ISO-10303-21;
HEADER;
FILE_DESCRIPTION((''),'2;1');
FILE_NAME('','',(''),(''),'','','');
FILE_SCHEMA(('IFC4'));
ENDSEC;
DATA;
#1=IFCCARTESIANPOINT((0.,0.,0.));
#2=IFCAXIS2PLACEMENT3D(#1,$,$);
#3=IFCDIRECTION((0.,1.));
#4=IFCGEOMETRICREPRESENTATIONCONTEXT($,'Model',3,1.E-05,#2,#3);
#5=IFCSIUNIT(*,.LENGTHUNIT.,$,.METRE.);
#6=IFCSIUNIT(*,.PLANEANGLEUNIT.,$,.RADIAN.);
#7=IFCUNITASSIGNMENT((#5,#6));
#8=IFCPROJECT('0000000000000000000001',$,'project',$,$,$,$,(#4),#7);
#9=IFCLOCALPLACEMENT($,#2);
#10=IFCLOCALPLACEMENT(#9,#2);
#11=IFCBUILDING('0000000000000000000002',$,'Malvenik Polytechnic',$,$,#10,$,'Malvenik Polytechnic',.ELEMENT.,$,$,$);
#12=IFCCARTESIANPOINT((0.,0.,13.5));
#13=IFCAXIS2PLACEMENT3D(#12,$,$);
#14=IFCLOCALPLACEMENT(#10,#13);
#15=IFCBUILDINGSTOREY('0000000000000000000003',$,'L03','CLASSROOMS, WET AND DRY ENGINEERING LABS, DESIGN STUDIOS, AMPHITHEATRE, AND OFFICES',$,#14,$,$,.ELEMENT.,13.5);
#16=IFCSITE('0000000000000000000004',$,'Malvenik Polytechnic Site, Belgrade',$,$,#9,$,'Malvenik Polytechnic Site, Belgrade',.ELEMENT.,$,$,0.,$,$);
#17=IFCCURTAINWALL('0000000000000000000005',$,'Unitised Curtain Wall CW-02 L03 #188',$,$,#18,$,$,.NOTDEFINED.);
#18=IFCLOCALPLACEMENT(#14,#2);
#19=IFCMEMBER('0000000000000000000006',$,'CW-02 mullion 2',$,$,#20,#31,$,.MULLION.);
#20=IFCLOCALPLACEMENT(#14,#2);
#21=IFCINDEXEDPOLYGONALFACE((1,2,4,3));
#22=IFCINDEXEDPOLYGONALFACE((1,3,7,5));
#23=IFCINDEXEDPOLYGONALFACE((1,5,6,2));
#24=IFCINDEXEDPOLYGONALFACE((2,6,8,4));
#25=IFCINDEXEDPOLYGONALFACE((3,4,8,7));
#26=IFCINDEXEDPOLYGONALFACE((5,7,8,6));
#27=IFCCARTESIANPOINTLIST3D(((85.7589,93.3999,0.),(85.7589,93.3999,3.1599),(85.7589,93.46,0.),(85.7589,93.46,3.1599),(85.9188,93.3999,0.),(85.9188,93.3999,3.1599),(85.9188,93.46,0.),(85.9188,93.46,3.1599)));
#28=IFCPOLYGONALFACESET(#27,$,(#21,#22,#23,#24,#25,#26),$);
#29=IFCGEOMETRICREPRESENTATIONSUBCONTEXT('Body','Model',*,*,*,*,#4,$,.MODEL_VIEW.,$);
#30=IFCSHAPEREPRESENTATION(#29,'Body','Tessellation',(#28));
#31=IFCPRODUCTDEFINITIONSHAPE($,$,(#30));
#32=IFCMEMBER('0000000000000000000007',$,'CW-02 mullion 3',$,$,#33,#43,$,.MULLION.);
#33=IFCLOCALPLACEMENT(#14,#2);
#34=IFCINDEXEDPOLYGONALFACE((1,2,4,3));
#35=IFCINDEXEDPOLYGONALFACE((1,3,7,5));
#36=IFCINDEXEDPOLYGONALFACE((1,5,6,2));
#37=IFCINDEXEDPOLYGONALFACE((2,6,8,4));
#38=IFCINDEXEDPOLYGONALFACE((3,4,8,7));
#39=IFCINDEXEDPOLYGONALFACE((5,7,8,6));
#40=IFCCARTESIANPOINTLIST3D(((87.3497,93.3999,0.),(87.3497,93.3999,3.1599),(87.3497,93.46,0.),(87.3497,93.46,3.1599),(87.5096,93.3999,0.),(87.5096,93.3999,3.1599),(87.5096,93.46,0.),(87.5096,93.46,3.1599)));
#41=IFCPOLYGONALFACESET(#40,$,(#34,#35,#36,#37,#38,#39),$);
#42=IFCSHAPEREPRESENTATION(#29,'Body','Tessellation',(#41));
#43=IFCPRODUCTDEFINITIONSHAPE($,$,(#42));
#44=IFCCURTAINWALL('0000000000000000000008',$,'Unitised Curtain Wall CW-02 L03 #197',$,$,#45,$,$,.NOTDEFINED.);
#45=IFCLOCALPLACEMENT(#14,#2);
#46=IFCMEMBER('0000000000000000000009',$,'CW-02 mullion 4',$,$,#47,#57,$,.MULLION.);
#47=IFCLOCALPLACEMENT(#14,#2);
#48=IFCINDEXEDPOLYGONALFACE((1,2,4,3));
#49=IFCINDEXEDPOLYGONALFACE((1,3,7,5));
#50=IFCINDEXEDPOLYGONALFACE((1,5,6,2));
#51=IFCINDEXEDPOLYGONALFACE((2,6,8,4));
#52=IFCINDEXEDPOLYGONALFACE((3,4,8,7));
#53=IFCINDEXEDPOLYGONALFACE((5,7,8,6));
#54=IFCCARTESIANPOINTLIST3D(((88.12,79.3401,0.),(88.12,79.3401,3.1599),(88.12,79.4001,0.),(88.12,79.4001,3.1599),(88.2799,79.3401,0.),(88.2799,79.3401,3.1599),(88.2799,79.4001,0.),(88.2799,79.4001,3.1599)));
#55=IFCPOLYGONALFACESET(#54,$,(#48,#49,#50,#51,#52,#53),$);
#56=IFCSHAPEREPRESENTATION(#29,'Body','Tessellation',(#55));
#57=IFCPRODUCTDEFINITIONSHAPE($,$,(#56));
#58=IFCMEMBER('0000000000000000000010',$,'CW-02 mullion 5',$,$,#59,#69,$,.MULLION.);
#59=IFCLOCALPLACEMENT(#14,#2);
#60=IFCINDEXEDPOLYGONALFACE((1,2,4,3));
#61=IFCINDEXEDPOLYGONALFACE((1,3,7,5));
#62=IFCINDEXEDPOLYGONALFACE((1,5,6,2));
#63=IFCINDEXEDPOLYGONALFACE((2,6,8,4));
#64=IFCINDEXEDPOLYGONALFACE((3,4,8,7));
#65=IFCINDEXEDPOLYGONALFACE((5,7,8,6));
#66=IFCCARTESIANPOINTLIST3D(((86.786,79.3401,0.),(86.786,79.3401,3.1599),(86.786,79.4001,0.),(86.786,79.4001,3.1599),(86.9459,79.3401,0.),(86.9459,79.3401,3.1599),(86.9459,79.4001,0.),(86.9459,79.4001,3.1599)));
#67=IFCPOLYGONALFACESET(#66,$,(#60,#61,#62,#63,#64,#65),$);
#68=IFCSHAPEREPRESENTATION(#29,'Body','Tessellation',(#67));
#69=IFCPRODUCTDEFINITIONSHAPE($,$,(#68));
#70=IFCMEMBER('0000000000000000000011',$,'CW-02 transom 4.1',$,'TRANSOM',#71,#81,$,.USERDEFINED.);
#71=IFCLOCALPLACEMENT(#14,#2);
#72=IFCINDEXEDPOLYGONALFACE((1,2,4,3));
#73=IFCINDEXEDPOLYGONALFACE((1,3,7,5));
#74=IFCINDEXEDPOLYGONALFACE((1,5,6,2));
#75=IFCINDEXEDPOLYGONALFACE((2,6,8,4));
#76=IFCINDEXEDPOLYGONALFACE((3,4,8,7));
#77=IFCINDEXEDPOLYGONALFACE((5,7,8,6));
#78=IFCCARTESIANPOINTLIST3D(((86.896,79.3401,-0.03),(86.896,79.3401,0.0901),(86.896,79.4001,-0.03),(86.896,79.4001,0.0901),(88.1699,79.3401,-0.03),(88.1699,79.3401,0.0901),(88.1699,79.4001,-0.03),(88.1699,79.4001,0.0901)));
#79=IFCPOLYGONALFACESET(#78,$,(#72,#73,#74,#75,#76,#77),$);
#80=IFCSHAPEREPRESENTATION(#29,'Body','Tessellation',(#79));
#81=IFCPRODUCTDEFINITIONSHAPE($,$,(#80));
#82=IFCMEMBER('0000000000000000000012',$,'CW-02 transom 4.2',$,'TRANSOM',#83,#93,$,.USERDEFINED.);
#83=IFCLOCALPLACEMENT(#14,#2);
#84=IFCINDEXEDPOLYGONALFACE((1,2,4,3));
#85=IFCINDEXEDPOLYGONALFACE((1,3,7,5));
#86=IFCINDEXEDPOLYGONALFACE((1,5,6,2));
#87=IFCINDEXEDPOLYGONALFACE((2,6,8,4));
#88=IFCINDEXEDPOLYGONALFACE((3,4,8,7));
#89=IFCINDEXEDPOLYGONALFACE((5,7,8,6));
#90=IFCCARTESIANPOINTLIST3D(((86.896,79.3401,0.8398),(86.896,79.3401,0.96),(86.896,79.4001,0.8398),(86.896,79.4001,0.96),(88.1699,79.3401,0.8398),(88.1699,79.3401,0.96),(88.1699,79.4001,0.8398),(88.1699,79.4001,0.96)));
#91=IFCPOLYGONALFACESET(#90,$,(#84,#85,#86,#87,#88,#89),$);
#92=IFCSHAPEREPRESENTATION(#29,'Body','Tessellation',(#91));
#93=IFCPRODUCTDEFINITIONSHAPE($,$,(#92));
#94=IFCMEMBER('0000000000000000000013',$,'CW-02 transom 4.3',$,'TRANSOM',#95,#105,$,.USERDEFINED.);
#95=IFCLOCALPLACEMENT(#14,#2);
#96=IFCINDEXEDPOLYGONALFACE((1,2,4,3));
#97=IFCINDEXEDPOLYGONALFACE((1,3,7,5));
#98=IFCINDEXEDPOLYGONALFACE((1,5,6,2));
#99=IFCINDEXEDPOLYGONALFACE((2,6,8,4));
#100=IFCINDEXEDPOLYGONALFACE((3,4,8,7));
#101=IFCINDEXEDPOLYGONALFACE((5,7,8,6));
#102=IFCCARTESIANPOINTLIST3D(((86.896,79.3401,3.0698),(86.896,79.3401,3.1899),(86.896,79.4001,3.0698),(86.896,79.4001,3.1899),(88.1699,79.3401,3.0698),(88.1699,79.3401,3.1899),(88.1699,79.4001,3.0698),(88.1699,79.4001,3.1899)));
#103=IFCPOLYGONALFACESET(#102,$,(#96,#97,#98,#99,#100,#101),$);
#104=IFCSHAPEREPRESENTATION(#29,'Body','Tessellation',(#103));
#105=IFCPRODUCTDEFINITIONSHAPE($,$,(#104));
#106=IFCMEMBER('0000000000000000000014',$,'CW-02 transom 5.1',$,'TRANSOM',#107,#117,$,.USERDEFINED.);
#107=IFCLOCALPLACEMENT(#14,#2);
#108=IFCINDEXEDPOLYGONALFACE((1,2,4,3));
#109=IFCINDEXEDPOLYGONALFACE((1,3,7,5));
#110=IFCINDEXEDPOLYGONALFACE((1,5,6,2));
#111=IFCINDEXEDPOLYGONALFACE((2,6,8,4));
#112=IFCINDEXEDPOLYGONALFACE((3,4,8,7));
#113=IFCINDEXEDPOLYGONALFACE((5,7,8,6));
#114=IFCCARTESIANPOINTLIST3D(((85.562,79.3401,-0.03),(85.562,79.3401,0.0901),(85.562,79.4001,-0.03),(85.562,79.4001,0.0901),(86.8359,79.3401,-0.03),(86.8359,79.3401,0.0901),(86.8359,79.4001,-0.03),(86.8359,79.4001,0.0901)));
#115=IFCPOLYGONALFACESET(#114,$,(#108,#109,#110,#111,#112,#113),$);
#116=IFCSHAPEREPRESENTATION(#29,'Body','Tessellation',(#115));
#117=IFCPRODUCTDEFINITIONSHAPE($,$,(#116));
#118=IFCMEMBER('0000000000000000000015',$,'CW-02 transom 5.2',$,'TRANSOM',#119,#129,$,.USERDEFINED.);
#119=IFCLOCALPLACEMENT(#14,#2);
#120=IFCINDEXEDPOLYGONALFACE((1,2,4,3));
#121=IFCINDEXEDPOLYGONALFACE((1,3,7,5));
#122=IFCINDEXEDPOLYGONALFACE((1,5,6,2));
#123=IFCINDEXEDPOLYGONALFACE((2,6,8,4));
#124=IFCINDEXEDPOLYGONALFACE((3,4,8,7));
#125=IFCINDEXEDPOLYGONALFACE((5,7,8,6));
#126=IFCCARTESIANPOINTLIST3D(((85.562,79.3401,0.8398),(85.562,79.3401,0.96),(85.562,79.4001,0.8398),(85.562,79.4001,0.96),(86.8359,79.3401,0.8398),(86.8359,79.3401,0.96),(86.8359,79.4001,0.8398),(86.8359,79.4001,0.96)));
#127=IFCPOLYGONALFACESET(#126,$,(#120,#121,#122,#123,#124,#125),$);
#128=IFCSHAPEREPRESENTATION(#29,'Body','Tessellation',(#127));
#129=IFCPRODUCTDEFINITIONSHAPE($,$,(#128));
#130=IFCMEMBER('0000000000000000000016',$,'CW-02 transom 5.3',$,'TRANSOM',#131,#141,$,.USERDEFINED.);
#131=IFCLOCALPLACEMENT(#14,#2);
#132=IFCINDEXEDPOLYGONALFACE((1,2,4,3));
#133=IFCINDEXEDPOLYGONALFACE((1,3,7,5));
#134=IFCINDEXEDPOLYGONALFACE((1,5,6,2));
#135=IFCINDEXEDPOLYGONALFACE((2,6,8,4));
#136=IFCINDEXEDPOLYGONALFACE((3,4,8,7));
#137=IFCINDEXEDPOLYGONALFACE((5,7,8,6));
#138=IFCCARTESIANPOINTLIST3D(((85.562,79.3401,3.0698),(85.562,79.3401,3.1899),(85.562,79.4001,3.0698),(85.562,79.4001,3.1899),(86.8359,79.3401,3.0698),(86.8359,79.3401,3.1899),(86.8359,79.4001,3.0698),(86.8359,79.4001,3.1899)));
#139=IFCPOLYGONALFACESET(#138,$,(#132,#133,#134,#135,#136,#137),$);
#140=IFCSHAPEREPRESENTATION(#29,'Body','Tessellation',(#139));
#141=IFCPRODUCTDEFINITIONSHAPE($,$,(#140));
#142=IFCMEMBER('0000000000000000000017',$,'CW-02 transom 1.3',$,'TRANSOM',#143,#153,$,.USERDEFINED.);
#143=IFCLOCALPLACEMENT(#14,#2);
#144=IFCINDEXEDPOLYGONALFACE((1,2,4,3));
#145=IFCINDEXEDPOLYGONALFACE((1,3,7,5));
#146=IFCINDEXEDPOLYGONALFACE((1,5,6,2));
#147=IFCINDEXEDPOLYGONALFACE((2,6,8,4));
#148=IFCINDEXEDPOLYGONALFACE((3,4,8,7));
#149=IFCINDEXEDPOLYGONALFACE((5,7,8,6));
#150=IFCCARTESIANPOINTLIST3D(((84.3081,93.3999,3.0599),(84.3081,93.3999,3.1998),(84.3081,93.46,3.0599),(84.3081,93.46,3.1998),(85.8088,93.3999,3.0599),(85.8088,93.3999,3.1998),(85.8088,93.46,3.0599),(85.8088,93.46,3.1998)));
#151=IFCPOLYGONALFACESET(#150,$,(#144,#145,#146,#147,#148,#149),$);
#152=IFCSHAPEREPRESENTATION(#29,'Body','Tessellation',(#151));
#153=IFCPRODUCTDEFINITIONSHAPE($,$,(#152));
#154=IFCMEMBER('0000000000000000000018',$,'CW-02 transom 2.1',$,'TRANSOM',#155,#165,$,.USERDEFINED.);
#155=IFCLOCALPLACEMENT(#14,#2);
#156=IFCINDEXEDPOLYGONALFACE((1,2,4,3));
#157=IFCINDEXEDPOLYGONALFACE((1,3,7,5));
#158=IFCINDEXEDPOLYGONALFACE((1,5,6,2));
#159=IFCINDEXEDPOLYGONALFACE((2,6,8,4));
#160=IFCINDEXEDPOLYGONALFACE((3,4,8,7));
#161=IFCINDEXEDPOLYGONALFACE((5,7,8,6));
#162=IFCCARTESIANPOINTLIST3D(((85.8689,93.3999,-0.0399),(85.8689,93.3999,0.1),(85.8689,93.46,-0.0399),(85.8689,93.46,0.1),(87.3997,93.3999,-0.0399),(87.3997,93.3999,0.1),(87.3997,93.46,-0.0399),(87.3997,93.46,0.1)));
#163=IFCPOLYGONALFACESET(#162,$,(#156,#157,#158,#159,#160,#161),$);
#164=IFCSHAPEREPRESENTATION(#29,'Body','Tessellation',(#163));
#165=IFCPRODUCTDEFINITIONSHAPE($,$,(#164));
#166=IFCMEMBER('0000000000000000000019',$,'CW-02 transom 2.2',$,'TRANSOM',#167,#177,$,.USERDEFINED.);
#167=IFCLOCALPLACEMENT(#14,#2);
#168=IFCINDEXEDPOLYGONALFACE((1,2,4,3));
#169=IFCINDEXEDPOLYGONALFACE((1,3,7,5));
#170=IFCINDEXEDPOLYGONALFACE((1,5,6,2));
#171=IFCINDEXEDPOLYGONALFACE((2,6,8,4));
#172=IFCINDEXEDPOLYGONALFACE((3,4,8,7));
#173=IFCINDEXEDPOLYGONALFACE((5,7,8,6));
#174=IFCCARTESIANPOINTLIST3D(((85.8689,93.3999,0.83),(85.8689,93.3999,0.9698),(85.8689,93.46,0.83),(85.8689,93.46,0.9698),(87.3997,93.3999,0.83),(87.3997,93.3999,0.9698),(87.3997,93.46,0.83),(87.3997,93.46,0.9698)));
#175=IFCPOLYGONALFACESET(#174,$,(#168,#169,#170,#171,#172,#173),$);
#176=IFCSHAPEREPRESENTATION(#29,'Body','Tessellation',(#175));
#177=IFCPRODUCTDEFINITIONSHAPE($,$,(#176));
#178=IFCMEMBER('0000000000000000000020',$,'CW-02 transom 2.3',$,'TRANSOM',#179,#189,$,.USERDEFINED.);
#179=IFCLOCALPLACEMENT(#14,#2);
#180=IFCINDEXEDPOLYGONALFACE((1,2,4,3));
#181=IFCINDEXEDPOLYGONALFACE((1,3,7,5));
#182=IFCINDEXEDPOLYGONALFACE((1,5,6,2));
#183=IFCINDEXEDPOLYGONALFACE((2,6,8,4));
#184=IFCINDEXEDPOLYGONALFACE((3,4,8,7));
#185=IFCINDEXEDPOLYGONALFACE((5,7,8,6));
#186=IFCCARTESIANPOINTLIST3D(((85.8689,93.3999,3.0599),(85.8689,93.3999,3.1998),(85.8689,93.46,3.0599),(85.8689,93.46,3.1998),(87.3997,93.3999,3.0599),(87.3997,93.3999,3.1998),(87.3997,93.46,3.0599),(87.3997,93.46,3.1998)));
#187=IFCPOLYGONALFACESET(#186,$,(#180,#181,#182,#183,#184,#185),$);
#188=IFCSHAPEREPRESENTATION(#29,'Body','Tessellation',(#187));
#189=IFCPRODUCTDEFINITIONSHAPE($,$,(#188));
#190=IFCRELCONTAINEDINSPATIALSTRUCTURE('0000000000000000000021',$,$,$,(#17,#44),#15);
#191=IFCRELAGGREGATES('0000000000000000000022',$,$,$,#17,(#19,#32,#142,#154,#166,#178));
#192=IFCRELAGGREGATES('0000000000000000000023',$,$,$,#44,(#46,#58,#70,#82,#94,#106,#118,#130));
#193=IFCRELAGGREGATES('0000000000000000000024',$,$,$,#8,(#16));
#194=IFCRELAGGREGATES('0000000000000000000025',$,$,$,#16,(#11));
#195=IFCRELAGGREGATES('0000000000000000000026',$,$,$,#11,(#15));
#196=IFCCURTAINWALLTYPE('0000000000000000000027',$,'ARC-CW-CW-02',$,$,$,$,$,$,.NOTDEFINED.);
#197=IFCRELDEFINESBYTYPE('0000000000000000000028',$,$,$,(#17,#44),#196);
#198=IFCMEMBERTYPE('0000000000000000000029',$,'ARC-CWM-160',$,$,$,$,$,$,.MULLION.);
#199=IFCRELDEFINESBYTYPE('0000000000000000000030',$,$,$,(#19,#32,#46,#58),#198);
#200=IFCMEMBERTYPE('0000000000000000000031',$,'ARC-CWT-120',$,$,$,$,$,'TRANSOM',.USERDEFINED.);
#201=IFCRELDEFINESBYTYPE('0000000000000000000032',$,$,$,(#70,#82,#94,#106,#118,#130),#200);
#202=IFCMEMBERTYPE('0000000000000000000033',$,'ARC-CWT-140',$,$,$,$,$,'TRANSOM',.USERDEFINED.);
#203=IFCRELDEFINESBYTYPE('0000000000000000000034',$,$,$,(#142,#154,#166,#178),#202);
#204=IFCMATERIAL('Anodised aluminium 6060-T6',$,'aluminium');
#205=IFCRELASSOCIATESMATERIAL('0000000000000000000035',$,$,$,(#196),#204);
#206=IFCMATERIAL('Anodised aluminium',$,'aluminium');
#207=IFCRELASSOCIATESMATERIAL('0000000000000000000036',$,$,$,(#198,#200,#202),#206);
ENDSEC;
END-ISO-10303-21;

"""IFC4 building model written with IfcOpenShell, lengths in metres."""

from ifc_helpers import new_model, si_unit, direction, frame, origin, origin_2d, place, context, subcontext, project, spatial, rectangle, extrude, material, material_profile, profile_set, type_object, element, aggregate, save


model = new_model("IFC4")

# Units and contexts
model_context = context("Model", 3, precision=1e-05, world=origin(), true_north=direction((0.0, 1.0)))
body_context = subcontext(model_context, "Body", "Model", "MODEL_VIEW")
ifc_project = project(units=[si_unit("LENGTHUNIT", "METRE"), si_unit("PLANEANGLEUNIT", "RADIAN")], contexts=[model_context])

# Site, building, storey
site_placement = place(None, origin())
site = spatial("IfcSite", under=ifc_project, at=site_placement, Name="Malvenik Polytechnic Site, Belgrade", LongName="Malvenik Polytechnic Site, Belgrade", CompositionType="ELEMENT", RefElevation=0.0)
building_placement = place(site_placement, origin())
building = spatial("IfcBuilding", under=site, at=building_placement, Name="Malvenik Polytechnic", LongName="Malvenik Polytechnic", CompositionType="ELEMENT")
storey_placement = place(building_placement, frame((0.0, 0.0, 13.5)))
storey = spatial("IfcBuildingStorey", under=building, at=storey_placement, Name="L03", Description="CLASSROOMS, WET AND DRY ENGINEERING LABS, DESIGN STUDIOS, AMPHITHEATRE, AND OFFICES", CompositionType="ELEMENT", Elevation=13.5)

# Curtain walls, members
ifc_material_1 = material(Name="Anodised aluminium 6060-T6", Category="aluminium")
curtain_wall_type = type_object("IfcCurtainWallType", Name="ARC-CW-CW-02", PredefinedType="NOTDEFINED", material=ifc_material_1)
curtain_wall_1_placement = place(storey_placement, origin())
curtain_wall_1 = element("IfcCurtainWall", 1, at=curtain_wall_1_placement, inside=storey, type_object=curtain_wall_type, Name="Unitised Curtain Wall CW-02 L03 #188", PredefinedType="NOTDEFINED")
ifc_material_2 = material(Name="Anodised aluminium", Category="aluminium")
ifc_material_profile_1 = material_profile(ifc_material_2, rectangle(XDim=0.0601, YDim=0.1599, at=origin_2d()), Name="ALU MULLION 60x160")
ifc_profile_set_1 = profile_set([ifc_material_profile_1], Name="Anodised aluminium")
member_type_1 = type_object("IfcMemberType", Name="ARC-CWM-160", PredefinedType="MULLION", material=ifc_profile_set_1)
member_1_placement = place(storey_placement, frame((85.8389, 93.4299, 0.0), z_axis=(0.0, 0.0, 1.0), x_axis=(0.0, 1.0, 0.0)))
member_1 = element("IfcMember", 2, at=member_1_placement, type_object=member_type_1, Name="CW-02 mullion 2", PredefinedType="MULLION", context=body_context, shape_type="SweptSolid", body=[
    extrude(rectangle(XDim=0.0601, YDim=0.1599, at=origin_2d()), origin(), (0.0, 0.0, 1.0), 3.1599),
])
member_2_placement = place(storey_placement, frame((87.4297, 93.4299, 0.0), z_axis=(0.0, 0.0, 1.0), x_axis=(0.0, 1.0, 0.0)))
member_2 = element("IfcMember", 3, at=member_2_placement, type_object=member_type_1, Name="CW-02 mullion 3", PredefinedType="MULLION", context=body_context, shape_type="SweptSolid", body=[
    extrude(rectangle(XDim=0.0601, YDim=0.1599, at=origin_2d()), origin(), (0.0, 0.0, 1.0), 3.1599),
])
curtain_wall_2_placement = place(storey_placement, origin())
curtain_wall_2 = element("IfcCurtainWall", 4, at=curtain_wall_2_placement, inside=storey, type_object=curtain_wall_type, Name="Unitised Curtain Wall CW-02 L03 #197", PredefinedType="NOTDEFINED")
member_3_placement = place(storey_placement, frame((88.2, 79.3701, 0.0), z_axis=(0.0, 0.0, 1.0), x_axis=(0.0, -1.0, 0.0)))
member_3 = element("IfcMember", 5, at=member_3_placement, type_object=member_type_1, Name="CW-02 mullion 4", PredefinedType="MULLION", context=body_context, shape_type="SweptSolid", body=[
    extrude(rectangle(XDim=0.0601, YDim=0.1599, at=origin_2d()), origin(), (0.0, 0.0, 1.0), 3.1599),
])
member_4_placement = place(storey_placement, frame((86.866, 79.3701, 0.0), z_axis=(0.0, 0.0, 1.0), x_axis=(0.0, -1.0, 0.0)))
member_4 = element("IfcMember", 6, at=member_4_placement, type_object=member_type_1, Name="CW-02 mullion 5", PredefinedType="MULLION", context=body_context, shape_type="SweptSolid", body=[
    extrude(rectangle(XDim=0.0601, YDim=0.1599, at=origin_2d()), origin(), (0.0, 0.0, 1.0), 3.1599),
])
ifc_material_profile_2 = material_profile(ifc_material_2, rectangle(XDim=0.0601, YDim=0.1201, at=origin_2d()), Name="ALU TRANSOM 60x120")
ifc_profile_set_2 = profile_set([ifc_material_profile_2], Name="Anodised aluminium")
member_type_2 = type_object("IfcMemberType", Name="ARC-CWT-120", ElementType="TRANSOM", PredefinedType="USERDEFINED", material=ifc_profile_set_2)
member_5_placement = place(storey_placement, frame((88.1699, 79.3701, 0.03), z_axis=(-1.0, 0.0, 0.0), x_axis=(0.0, -1.0, 0.0)))
member_5 = element("IfcMember", 7, at=member_5_placement, type_object=member_type_2, Name="CW-02 transom 4.1", ObjectType="TRANSOM", PredefinedType="USERDEFINED", context=body_context, shape_type="SweptSolid", body=[
    extrude(rectangle(XDim=0.0601, YDim=0.1201, at=origin_2d()), origin(), (0.0, 0.0, 1.0), 1.2739),
])
member_6_placement = place(storey_placement, frame((88.1699, 79.3701, 0.8999), z_axis=(-1.0, 0.0, 0.0), x_axis=(0.0, -1.0, 0.0)))
member_6 = element("IfcMember", 8, at=member_6_placement, type_object=member_type_2, Name="CW-02 transom 4.2", ObjectType="TRANSOM", PredefinedType="USERDEFINED", context=body_context, shape_type="SweptSolid", body=[
    extrude(rectangle(XDim=0.0601, YDim=0.1201, at=origin_2d()), origin(), (0.0, 0.0, 1.0), 1.2739),
])
member_7_placement = place(storey_placement, frame((88.1699, 79.3701, 3.1299), z_axis=(-1.0, 0.0, 0.0), x_axis=(0.0, -1.0, 0.0)))
member_7 = element("IfcMember", 9, at=member_7_placement, type_object=member_type_2, Name="CW-02 transom 4.3", ObjectType="TRANSOM", PredefinedType="USERDEFINED", context=body_context, shape_type="SweptSolid", body=[
    extrude(rectangle(XDim=0.0601, YDim=0.1201, at=origin_2d()), origin(), (0.0, 0.0, 1.0), 1.2739),
])
member_8_placement = place(storey_placement, frame((86.8359, 79.3701, 0.03), z_axis=(-1.0, 0.0, 0.0), x_axis=(0.0, -1.0, 0.0)))
member_8 = element("IfcMember", 10, at=member_8_placement, type_object=member_type_2, Name="CW-02 transom 5.1", ObjectType="TRANSOM", PredefinedType="USERDEFINED", context=body_context, shape_type="SweptSolid", body=[
    extrude(rectangle(XDim=0.0601, YDim=0.1201, at=origin_2d()), origin(), (0.0, 0.0, 1.0), 1.2739),
])
member_9_placement = place(storey_placement, frame((86.8359, 79.3701, 0.8999), z_axis=(-1.0, 0.0, 0.0), x_axis=(0.0, -1.0, 0.0)))
member_9 = element("IfcMember", 11, at=member_9_placement, type_object=member_type_2, Name="CW-02 transom 5.2", ObjectType="TRANSOM", PredefinedType="USERDEFINED", context=body_context, shape_type="SweptSolid", body=[
    extrude(rectangle(XDim=0.0601, YDim=0.1201, at=origin_2d()), origin(), (0.0, 0.0, 1.0), 1.2739),
])
member_10_placement = place(storey_placement, frame((86.8359, 79.3701, 3.1299), z_axis=(-1.0, 0.0, 0.0), x_axis=(0.0, -1.0, 0.0)))
member_10 = element("IfcMember", 12, at=member_10_placement, type_object=member_type_2, Name="CW-02 transom 5.3", ObjectType="TRANSOM", PredefinedType="USERDEFINED", context=body_context, shape_type="SweptSolid", body=[
    extrude(rectangle(XDim=0.0601, YDim=0.1201, at=origin_2d()), origin(), (0.0, 0.0, 1.0), 1.2739),
])

# Members
ifc_material_profile_3 = material_profile(ifc_material_2, rectangle(XDim=0.0601, YDim=0.1399, at=origin_2d()), Name="ALU TRANSOM 60x140")
ifc_profile_set_3 = profile_set([ifc_material_profile_3], Name="Anodised aluminium")
member_type_3 = type_object("IfcMemberType", Name="ARC-CWT-140", ElementType="TRANSOM", PredefinedType="USERDEFINED", material=ifc_profile_set_3)
member_11_placement = place(storey_placement, frame((84.3081, 93.4299, 3.1299), z_axis=(1.0, 0.0, 0.0), x_axis=(0.0, 1.0, 0.0)))
member_11 = element("IfcMember", 13, at=member_11_placement, type_object=member_type_3, Name="CW-02 transom 1.3", ObjectType="TRANSOM", PredefinedType="USERDEFINED", context=body_context, shape_type="SweptSolid", body=[
    extrude(rectangle(XDim=0.0601, YDim=0.1399, at=origin_2d()), origin(), (0.0, 0.0, 1.0), 1.5007),
])
member_12_placement = place(storey_placement, frame((85.8689, 93.4299, 0.03), z_axis=(1.0, 0.0, 0.0), x_axis=(0.0, 1.0, 0.0)))
member_12 = element("IfcMember", 14, at=member_12_placement, type_object=member_type_3, Name="CW-02 transom 2.1", ObjectType="TRANSOM", PredefinedType="USERDEFINED", context=body_context, shape_type="SweptSolid", body=[
    extrude(rectangle(XDim=0.0601, YDim=0.1399, at=origin_2d()), origin(), (0.0, 0.0, 1.0), 1.5308),
])
member_13_placement = place(storey_placement, frame((85.8689, 93.4299, 0.8999), z_axis=(1.0, 0.0, 0.0), x_axis=(0.0, 1.0, 0.0)))
member_13 = element("IfcMember", 15, at=member_13_placement, type_object=member_type_3, Name="CW-02 transom 2.2", ObjectType="TRANSOM", PredefinedType="USERDEFINED", context=body_context, shape_type="SweptSolid", body=[
    extrude(rectangle(XDim=0.0601, YDim=0.1399, at=origin_2d()), origin(), (0.0, 0.0, 1.0), 1.5308),
])
member_14_placement = place(storey_placement, frame((85.8689, 93.4299, 3.1299), z_axis=(1.0, 0.0, 0.0), x_axis=(0.0, 1.0, 0.0)))
member_14 = element("IfcMember", 16, at=member_14_placement, type_object=member_type_3, Name="CW-02 transom 2.3", ObjectType="TRANSOM", PredefinedType="USERDEFINED", context=body_context, shape_type="SweptSolid", body=[
    extrude(rectangle(XDim=0.0601, YDim=0.1399, at=origin_2d()), origin(), (0.0, 0.0, 1.0), 1.5308),
])

aggregate(curtain_wall_1, [member_1, member_2, member_11, member_12, member_13, member_14])
aggregate(curtain_wall_2, [member_3, member_4, member_5, member_6, member_7, member_8, member_9, member_10])

save(model, "model.ifc")
